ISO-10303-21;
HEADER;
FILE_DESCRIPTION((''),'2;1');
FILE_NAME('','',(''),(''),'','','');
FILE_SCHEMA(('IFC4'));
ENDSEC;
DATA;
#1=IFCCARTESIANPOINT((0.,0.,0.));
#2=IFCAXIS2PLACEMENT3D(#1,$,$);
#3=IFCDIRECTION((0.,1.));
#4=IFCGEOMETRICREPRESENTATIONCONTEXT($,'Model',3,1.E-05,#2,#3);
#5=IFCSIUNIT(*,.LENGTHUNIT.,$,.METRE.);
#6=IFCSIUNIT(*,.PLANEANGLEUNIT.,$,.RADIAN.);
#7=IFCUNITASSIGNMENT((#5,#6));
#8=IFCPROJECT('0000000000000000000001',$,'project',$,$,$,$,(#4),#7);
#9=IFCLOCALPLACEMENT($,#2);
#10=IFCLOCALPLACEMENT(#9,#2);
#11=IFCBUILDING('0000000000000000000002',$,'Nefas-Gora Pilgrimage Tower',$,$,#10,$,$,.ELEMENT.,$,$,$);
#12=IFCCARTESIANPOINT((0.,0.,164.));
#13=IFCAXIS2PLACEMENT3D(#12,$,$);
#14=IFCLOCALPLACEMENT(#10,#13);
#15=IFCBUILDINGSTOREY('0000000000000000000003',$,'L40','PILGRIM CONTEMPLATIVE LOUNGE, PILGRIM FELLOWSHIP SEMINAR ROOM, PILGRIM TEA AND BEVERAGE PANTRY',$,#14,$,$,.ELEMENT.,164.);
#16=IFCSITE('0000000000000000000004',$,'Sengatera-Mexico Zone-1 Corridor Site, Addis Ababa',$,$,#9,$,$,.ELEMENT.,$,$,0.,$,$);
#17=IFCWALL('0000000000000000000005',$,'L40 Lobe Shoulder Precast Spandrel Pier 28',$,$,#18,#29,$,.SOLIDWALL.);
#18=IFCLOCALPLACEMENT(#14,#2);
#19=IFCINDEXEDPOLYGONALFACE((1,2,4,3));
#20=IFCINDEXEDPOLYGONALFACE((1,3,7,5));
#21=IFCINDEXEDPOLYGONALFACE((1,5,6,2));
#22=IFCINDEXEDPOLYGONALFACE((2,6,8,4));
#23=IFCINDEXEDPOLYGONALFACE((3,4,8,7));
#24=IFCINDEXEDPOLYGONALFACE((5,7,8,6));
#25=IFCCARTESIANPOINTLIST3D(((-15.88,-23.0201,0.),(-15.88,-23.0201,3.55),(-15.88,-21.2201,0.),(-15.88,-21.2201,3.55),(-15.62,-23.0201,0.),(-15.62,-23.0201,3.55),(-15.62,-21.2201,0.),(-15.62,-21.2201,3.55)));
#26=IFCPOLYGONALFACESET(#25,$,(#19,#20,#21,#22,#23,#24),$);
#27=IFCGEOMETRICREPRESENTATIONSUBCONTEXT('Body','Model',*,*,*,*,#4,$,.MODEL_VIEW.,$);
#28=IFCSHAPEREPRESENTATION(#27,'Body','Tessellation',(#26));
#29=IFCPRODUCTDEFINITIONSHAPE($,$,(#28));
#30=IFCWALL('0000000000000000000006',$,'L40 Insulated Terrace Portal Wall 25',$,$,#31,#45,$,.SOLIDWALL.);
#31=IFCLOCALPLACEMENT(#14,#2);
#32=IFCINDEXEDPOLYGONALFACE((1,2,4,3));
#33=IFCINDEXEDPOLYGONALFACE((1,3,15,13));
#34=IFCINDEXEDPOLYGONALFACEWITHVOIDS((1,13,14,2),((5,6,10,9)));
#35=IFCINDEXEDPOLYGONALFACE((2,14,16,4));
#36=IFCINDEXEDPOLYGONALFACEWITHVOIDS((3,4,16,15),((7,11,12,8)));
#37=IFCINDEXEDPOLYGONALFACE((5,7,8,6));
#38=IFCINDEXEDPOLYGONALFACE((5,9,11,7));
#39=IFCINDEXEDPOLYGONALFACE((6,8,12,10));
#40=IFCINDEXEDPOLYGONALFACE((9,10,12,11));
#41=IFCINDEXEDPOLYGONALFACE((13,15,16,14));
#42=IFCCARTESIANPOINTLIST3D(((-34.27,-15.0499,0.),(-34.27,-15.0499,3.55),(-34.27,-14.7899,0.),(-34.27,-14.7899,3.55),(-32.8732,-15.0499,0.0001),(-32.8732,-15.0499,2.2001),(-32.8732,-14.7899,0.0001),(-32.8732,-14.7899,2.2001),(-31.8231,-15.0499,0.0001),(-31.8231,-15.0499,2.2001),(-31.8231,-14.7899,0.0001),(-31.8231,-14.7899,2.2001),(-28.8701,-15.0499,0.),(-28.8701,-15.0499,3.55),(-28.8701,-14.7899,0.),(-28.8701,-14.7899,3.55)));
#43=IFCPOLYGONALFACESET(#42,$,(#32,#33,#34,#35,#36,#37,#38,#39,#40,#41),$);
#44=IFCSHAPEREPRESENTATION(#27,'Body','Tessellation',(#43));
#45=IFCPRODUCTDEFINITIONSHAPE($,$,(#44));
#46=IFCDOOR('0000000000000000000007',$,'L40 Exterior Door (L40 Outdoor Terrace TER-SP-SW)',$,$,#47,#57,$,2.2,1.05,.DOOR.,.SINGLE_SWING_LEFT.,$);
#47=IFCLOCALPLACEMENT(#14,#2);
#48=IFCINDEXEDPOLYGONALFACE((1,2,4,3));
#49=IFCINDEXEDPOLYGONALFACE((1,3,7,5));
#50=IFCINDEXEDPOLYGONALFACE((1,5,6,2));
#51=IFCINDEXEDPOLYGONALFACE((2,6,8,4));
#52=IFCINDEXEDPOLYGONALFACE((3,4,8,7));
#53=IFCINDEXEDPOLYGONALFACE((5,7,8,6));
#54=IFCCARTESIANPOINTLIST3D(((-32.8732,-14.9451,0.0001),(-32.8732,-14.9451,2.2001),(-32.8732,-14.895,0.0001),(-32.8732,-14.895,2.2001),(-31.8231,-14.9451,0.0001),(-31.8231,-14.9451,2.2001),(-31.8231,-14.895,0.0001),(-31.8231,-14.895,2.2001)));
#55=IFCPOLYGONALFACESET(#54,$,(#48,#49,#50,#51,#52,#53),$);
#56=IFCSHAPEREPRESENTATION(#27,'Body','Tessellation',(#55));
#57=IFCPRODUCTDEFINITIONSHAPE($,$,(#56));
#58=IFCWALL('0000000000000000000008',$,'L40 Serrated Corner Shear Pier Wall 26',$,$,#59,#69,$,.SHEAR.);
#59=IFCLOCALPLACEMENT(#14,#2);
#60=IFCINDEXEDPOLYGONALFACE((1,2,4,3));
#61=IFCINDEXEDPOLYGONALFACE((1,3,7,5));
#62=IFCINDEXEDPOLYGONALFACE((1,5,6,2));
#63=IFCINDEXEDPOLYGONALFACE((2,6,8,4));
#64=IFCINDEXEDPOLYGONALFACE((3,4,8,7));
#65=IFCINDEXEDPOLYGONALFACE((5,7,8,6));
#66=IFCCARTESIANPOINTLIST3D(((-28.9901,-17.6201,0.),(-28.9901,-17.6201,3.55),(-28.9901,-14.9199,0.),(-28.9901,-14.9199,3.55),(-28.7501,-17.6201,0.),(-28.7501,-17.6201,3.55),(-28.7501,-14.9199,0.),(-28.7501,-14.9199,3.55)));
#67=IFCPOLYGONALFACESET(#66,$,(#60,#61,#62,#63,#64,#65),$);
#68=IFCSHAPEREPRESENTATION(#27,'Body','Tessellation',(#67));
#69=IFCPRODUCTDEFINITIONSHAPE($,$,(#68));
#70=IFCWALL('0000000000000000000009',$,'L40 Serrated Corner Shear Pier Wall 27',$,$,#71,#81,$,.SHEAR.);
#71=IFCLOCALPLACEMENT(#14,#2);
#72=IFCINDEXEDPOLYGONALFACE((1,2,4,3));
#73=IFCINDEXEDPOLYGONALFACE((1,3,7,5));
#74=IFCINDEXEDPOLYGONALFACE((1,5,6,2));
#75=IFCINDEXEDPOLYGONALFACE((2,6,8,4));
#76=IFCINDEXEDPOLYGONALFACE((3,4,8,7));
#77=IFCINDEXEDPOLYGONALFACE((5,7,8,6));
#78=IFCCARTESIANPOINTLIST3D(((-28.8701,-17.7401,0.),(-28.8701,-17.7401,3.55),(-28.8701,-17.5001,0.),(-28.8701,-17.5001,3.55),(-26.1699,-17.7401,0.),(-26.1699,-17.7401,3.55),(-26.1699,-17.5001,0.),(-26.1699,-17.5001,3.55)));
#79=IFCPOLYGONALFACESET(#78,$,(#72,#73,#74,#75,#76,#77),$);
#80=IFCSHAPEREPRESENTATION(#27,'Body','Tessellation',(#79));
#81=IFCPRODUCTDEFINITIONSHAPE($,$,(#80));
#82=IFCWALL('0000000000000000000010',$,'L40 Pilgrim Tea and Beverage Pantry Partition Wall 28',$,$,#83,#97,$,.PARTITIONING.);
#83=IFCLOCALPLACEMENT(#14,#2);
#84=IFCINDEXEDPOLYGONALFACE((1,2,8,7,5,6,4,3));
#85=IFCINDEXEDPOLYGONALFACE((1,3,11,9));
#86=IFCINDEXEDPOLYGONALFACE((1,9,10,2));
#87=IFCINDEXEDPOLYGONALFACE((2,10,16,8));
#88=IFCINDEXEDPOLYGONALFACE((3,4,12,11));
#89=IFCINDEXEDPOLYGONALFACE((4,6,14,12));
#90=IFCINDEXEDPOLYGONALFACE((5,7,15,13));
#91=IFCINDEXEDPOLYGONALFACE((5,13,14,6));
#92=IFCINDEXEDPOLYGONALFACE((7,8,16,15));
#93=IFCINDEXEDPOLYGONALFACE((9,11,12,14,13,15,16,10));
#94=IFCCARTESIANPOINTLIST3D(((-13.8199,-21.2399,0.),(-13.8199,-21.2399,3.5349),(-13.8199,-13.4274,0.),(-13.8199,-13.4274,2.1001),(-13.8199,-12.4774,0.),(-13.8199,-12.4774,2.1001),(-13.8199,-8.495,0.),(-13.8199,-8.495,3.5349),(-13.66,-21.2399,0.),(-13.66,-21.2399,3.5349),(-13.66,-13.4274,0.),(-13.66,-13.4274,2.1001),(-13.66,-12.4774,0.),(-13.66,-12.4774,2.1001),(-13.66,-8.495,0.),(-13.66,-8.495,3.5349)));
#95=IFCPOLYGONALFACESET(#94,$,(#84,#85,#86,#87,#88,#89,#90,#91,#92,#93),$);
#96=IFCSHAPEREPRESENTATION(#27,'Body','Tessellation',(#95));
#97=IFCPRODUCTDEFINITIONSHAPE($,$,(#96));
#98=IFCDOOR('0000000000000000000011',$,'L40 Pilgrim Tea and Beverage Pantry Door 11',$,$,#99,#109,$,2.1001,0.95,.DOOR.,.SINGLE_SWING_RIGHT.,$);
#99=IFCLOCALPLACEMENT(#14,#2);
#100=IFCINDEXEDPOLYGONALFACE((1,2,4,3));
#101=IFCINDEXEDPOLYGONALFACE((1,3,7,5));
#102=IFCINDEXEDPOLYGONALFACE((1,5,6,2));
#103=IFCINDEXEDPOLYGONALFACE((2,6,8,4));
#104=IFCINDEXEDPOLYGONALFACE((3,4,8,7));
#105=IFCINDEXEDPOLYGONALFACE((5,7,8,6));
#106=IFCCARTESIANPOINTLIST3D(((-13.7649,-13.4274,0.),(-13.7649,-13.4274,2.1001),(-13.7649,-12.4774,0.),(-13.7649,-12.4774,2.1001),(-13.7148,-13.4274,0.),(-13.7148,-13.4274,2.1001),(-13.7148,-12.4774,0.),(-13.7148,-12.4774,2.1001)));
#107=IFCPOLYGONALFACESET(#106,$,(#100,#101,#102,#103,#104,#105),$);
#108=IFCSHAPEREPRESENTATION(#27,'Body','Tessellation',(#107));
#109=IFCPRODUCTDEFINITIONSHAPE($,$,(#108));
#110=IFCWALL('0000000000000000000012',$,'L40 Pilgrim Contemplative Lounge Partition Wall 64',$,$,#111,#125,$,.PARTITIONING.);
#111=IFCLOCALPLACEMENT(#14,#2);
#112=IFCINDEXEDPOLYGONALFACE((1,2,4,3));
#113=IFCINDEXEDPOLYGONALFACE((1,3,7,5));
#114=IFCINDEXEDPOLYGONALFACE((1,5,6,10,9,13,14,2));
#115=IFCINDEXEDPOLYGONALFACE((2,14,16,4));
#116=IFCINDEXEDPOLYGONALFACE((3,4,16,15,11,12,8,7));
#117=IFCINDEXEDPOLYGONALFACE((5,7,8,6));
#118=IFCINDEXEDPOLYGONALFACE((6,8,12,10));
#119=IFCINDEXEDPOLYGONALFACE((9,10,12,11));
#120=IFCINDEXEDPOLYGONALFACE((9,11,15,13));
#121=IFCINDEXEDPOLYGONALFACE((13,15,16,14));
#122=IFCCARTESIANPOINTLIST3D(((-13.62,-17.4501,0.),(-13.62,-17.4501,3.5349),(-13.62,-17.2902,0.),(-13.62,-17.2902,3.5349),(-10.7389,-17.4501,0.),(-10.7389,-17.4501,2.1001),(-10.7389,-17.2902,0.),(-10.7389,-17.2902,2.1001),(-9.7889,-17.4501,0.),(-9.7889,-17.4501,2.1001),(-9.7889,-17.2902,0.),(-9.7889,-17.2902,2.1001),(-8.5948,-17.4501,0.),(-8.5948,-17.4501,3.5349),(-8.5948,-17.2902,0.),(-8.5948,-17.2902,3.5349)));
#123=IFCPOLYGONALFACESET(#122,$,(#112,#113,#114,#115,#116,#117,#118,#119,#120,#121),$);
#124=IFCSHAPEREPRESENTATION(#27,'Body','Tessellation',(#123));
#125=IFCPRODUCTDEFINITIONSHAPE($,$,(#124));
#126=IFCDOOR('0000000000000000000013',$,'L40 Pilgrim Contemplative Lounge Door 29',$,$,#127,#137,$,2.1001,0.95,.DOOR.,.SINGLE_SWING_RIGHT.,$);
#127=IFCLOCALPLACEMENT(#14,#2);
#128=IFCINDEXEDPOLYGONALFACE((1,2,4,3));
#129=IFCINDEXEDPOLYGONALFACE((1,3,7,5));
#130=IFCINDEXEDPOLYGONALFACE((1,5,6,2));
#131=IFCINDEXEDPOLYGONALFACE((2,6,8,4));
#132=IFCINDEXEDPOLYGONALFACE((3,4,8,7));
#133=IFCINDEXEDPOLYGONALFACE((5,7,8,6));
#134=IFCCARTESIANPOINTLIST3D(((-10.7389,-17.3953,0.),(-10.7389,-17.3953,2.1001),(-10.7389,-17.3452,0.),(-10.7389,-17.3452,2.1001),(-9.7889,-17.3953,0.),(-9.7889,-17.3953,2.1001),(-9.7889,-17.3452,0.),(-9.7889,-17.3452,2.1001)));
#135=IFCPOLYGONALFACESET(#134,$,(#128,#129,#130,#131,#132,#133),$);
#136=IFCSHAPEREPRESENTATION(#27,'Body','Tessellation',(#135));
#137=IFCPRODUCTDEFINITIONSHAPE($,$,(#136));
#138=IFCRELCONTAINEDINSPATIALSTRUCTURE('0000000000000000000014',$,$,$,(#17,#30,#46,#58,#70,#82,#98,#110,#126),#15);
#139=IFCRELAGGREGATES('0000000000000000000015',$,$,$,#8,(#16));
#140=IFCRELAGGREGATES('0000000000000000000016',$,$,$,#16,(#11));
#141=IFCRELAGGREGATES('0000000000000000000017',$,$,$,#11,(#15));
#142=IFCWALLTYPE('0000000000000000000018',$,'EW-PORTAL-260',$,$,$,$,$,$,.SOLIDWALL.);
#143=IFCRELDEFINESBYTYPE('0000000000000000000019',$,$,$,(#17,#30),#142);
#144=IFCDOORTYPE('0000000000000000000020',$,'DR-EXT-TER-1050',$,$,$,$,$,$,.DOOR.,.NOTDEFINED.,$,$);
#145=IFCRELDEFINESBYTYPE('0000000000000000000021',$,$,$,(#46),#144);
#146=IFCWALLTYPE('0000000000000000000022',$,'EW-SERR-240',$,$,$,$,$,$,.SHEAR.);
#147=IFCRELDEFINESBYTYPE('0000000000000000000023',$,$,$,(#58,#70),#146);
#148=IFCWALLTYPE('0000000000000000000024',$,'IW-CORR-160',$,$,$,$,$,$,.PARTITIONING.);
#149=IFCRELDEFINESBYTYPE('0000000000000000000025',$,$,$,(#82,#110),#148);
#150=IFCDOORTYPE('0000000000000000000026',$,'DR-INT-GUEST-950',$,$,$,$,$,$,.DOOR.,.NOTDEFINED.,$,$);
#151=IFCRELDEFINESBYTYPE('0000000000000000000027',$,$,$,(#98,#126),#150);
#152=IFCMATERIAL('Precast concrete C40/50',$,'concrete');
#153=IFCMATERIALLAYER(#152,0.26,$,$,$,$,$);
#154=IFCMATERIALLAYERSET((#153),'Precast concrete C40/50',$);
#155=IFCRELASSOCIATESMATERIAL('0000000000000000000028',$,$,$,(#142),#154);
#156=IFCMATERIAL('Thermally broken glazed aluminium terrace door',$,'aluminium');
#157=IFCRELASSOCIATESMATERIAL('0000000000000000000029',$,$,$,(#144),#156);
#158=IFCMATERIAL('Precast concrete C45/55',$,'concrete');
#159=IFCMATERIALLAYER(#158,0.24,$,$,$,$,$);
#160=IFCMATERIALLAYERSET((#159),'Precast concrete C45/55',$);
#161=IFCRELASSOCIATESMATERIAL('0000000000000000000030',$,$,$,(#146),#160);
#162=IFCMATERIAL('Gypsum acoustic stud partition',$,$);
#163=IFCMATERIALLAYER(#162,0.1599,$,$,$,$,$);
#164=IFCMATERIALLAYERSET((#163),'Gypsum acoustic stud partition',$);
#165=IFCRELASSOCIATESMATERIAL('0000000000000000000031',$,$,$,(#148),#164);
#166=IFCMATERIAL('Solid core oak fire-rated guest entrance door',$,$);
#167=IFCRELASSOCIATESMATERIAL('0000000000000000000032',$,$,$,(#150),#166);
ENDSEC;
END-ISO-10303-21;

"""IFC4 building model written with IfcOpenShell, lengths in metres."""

from ifc_helpers import new_model, si_unit, direction, frame, frame_2d, origin, place, context, subcontext, project, spatial, rectangle, extrude, source, transform, mapped, material, layer, layer_set, type_object, element, fill, save


model = new_model("IFC4")

# Units and contexts
model_context = context("Model", 3, precision=1e-05, world=origin(), true_north=direction((0.0, 1.0)))
body_context = subcontext(model_context, "Body", "Model", "MODEL_VIEW")
ifc_project = project(units=[si_unit("LENGTHUNIT", "METRE"), si_unit("PLANEANGLEUNIT", "RADIAN")], contexts=[model_context])

# Site, building, storey
site_placement = place(None, origin())
site = spatial("IfcSite", under=ifc_project, at=site_placement, Name="Sengatera-Mexico Zone-1 Corridor Site, Addis Ababa", CompositionType="ELEMENT", RefElevation=0.0)
building_placement = place(site_placement, origin())
building = spatial("IfcBuilding", under=site, at=building_placement, Name="Nefas-Gora Pilgrimage Tower", CompositionType="ELEMENT")
storey_placement = place(building_placement, frame((0.0, 0.0, 164.0)))
storey = spatial("IfcBuildingStorey", under=building, at=storey_placement, Name="L40", Description="PILGRIM CONTEMPLATIVE LOUNGE, PILGRIM FELLOWSHIP SEMINAR ROOM, PILGRIM TEA AND BEVERAGE PANTRY", CompositionType="ELEMENT", Elevation=164.0)

# Wall
ifc_material_1 = material(Name="Precast concrete C40/50", Category="concrete")
ifc_layer_1 = layer(ifc_material_1, 0.26)
ifc_layer_set_1 = layer_set([ifc_layer_1], Name="Precast concrete C40/50")
wall_type_1 = type_object("IfcWallType", Name="EW-PORTAL-260", PredefinedType="SOLIDWALL", material=ifc_layer_set_1)
shared_shape_1 = source(origin(), body_context, "Body", "SweptSolid", [
    extrude(rectangle(XDim=1.8, YDim=0.26, at=frame_2d((0.8999, 0.0))), origin(), (0.0, 0.0, 1.0), 3.55),
])
wall_1_placement = place(storey_placement, frame((-15.75, -23.02, 0.0), z_axis=(0.0, 0.0, 1.0), x_axis=(0.0, 1.0, 0.0)))
element("IfcWall", 1, at=wall_1_placement, inside=storey, type_object=wall_type_1, Name="L40 Lobe Shoulder Precast Spandrel Pier 28", PredefinedType="SOLIDWALL", context=body_context, shape_type="MappedRepresentation", body=[
    mapped(shared_shape_1, transform((0.0, 0.0, 0.0), x_axis=(1.0, 0.0, 0.0), y_axis=(0.0, 1.0, 0.0), z_axis=(0.0, 0.0, 1.0), scale=1.0)),
])

# Wall, opening, door
shared_shape_2 = source(origin(), body_context, "Body", "SweptSolid", [
    extrude(rectangle(XDim=5.3999, YDim=0.26, at=frame_2d((2.7, 0.0))), origin(), (0.0, 0.0, 1.0), 3.55),
])
wall_2_placement = place(storey_placement, frame((-34.27, -14.9199, 0.0), z_axis=(0.0, 0.0, 1.0), x_axis=(1.0, 0.0, 0.0)))
wall_2 = element("IfcWall", 2, at=wall_2_placement, inside=storey, type_object=wall_type_1, Name="L40 Insulated Terrace Portal Wall 25", PredefinedType="SOLIDWALL", context=body_context, shape_type="MappedRepresentation", body=[
    mapped(shared_shape_2, transform((0.0, 0.0, 0.0), x_axis=(1.0, 0.0, 0.0), y_axis=(0.0, 1.0, 0.0), z_axis=(0.0, 0.0, 1.0), scale=1.0)),
])
opening_1_placement = place(wall_2_placement, frame((1.397, 0.0, 0.0)))
opening_1 = element("IfcOpeningElement", 3, at=opening_1_placement, cuts=wall_2, PredefinedType="OPENING", context=body_context, shape_type="SweptSolid", body=[
    extrude(rectangle(XDim=1.05, YDim=2.2, at=frame_2d((0.5249, 1.1001))), frame((0.0, 0.1399, 0.0), z_axis=(0.0, -1.0, 0.0), x_axis=(1.0, 0.0, 0.0)), (0.0, 0.0, 1.0), 0.28),
])
ifc_material_2 = material(Name="Thermally broken glazed aluminium terrace door", Category="aluminium")
door_type_1 = type_object("IfcDoorType", Name="DR-EXT-TER-1050", OperationType="NOTDEFINED", PredefinedType="DOOR", material=ifc_material_2)
shared_shape_3 = source(origin(), body_context, "Body", "SweptSolid", [
    extrude(rectangle(XDim=1.05, YDim=2.2, at=frame_2d((0.5249, 1.1001))), frame((0.0, 0.0249, 0.0), z_axis=(0.0, -1.0, 0.0), x_axis=(1.0, 0.0, 0.0)), (0.0, 0.0, 1.0), 0.05),
])
door_1_placement = place(opening_1_placement, origin())
door_1 = element("IfcDoor", 4, at=door_1_placement, inside=storey, type_object=door_type_1, Name="L40 Exterior Door (L40 Outdoor Terrace TER-SP-SW)", OperationType="SINGLE_SWING_LEFT", OverallHeight=2.2, OverallWidth=1.05, PredefinedType="DOOR", context=body_context, shape_type="MappedRepresentation", body=[
    mapped(shared_shape_3, transform((0.0, 0.0, 0.0), x_axis=(1.0, 0.0, 0.0), y_axis=(0.0, 1.0, 0.0), z_axis=(0.0, 0.0, 1.0), scale=1.0)),
])
fill(opening_1, door_1)

# Walls
ifc_material_3 = material(Name="Precast concrete C45/55", Category="concrete")
ifc_layer_2 = layer(ifc_material_3, 0.24)
ifc_layer_set_2 = layer_set([ifc_layer_2], Name="Precast concrete C45/55")
wall_type_2 = type_object("IfcWallType", Name="EW-SERR-240", PredefinedType="SHEAR", material=ifc_layer_set_2)
shared_shape_4 = source(origin(), body_context, "Body", "SweptSolid", [
    extrude(rectangle(XDim=2.7002, YDim=0.24, at=frame_2d((1.3501, 0.0))), origin(), (0.0, 0.0, 1.0), 3.55),
])
for number, where, z_axis, x_axis, name in (
    (5, (-28.8701, -14.9199, 0.0), (0.0, 0.0, 1.0), (0.0, -1.0, 0.0), "L40 Serrated Corner Shear Pier Wall 26"),
    (6, (-28.8701, -17.6201, 0.0), (0.0, 0.0, 1.0), (1.0, 0.0, 0.0), "L40 Serrated Corner Shear Pier Wall 27"),
):
    element("IfcWall", number, at=place(storey_placement, frame(where, z_axis=z_axis, x_axis=x_axis)), inside=storey, type_object=wall_type_2, Name=name, PredefinedType="SHEAR", context=body_context, shape_type="MappedRepresentation", body=[
        mapped(shared_shape_4, transform((0.0, 0.0, 0.0), x_axis=(1.0, 0.0, 0.0), y_axis=(0.0, 1.0, 0.0), z_axis=(0.0, 0.0, 1.0), scale=1.0)),
    ])

# Walls, openings, doors
ifc_material_4 = material(Name="Gypsum acoustic stud partition")
ifc_layer_3 = layer(ifc_material_4, 0.1599)
ifc_layer_set_3 = layer_set([ifc_layer_3], Name="Gypsum acoustic stud partition")
wall_type_3 = type_object("IfcWallType", Name="IW-CORR-160", PredefinedType="PARTITIONING", material=ifc_layer_set_3)
shared_shape_5 = source(origin(), body_context, "Body", "SweptSolid", [
    extrude(rectangle(XDim=12.7449, YDim=0.1599, at=frame_2d((6.3726, 0.0))), origin(), (0.0, 0.0, 1.0), 3.5349),
])
wall_3_placement = place(storey_placement, frame((-13.74, -21.24, 0.0), z_axis=(0.0, 0.0, 1.0), x_axis=(0.0, 1.0, 0.0)))
wall_3 = element("IfcWall", 7, at=wall_3_placement, inside=storey, type_object=wall_type_3, Name="L40 Pilgrim Tea and Beverage Pantry Partition Wall 28", PredefinedType="PARTITIONING", context=body_context, shape_type="MappedRepresentation", body=[
    mapped(shared_shape_5, transform((0.0, 0.0, 0.0), x_axis=(1.0, 0.0, 0.0), y_axis=(0.0, 1.0, 0.0), z_axis=(0.0, 0.0, 1.0), scale=1.0)),
])
opening_2_placement = place(wall_3_placement, frame((7.8125, 0.0, 0.0)))
opening_2 = element("IfcOpeningElement", 8, at=opening_2_placement, cuts=wall_3, PredefinedType="OPENING", context=body_context, shape_type="SweptSolid", body=[
    extrude(rectangle(XDim=0.95, YDim=2.1001, at=frame_2d((0.4751, 1.05))), frame((0.0, 0.0898, 0.0), z_axis=(0.0, -1.0, 0.0), x_axis=(1.0, 0.0, 0.0)), (0.0, 0.0, 1.0), 0.1799),
])
ifc_material_5 = material(Name="Solid core oak fire-rated guest entrance door")
door_type_2 = type_object("IfcDoorType", Name="DR-INT-GUEST-950", OperationType="NOTDEFINED", PredefinedType="DOOR", material=ifc_material_5)
shared_shape_6 = source(origin(), body_context, "Body", "SweptSolid", [
    extrude(rectangle(XDim=0.95, YDim=2.1001, at=frame_2d((0.4751, 1.05))), frame((0.0, 0.0249, 0.0), z_axis=(0.0, -1.0, 0.0), x_axis=(1.0, 0.0, 0.0)), (0.0, 0.0, 1.0), 0.05),
])
door_2_placement = place(opening_2_placement, origin())
door_2 = element("IfcDoor", 9, at=door_2_placement, inside=storey, type_object=door_type_2, Name="L40 Pilgrim Tea and Beverage Pantry Door 11", OperationType="SINGLE_SWING_RIGHT", OverallHeight=2.1001, OverallWidth=0.95, PredefinedType="DOOR", context=body_context, shape_type="MappedRepresentation", body=[
    mapped(shared_shape_6, transform((0.0, 0.0, 0.0), x_axis=(1.0, 0.0, 0.0), y_axis=(0.0, 1.0, 0.0), z_axis=(0.0, 0.0, 1.0), scale=1.0)),
])
fill(opening_2, door_2)
shared_shape_7 = source(origin(), body_context, "Body", "SweptSolid", [
    extrude(rectangle(XDim=5.0251, YDim=0.1599, at=frame_2d((2.5127, 0.0))), origin(), (0.0, 0.0, 1.0), 3.5349),
])
wall_4_placement = place(storey_placement, frame((-13.6201, -17.3701, 0.0), z_axis=(0.0, 0.0, 1.0), x_axis=(1.0, 0.0, 0.0)))
wall_4 = element("IfcWall", 10, at=wall_4_placement, inside=storey, type_object=wall_type_3, Name="L40 Pilgrim Contemplative Lounge Partition Wall 64", PredefinedType="PARTITIONING", context=body_context, shape_type="MappedRepresentation", body=[
    mapped(shared_shape_7, transform((0.0, 0.0, 0.0), x_axis=(1.0, 0.0, 0.0), y_axis=(0.0, 1.0, 0.0), z_axis=(0.0, 0.0, 1.0), scale=1.0)),
])
opening_3_placement = place(wall_4_placement, frame((2.8811, 0.0, 0.0)))
opening_3 = element("IfcOpeningElement", 11, at=opening_3_placement, cuts=wall_4, PredefinedType="OPENING", context=body_context, shape_type="SweptSolid", body=[
    extrude(rectangle(XDim=0.95, YDim=2.1001, at=frame_2d((0.4751, 1.05))), frame((0.0, 0.0898, 0.0), z_axis=(0.0, -1.0, 0.0), x_axis=(1.0, 0.0, 0.0)), (0.0, 0.0, 1.0), 0.1799),
])
door_3_placement = place(opening_3_placement, origin())
door_3 = element("IfcDoor", 12, at=door_3_placement, inside=storey, type_object=door_type_2, Name="L40 Pilgrim Contemplative Lounge Door 29", OperationType="SINGLE_SWING_RIGHT", OverallHeight=2.1001, OverallWidth=0.95, PredefinedType="DOOR", context=body_context, shape_type="MappedRepresentation", body=[
    mapped(shared_shape_6, transform((0.0, 0.0, 0.0), x_axis=(1.0, 0.0, 0.0), y_axis=(0.0, 1.0, 0.0), z_axis=(0.0, 0.0, 1.0), scale=1.0)),
])
fill(opening_3, door_3)

save(model, "model.ifc")
